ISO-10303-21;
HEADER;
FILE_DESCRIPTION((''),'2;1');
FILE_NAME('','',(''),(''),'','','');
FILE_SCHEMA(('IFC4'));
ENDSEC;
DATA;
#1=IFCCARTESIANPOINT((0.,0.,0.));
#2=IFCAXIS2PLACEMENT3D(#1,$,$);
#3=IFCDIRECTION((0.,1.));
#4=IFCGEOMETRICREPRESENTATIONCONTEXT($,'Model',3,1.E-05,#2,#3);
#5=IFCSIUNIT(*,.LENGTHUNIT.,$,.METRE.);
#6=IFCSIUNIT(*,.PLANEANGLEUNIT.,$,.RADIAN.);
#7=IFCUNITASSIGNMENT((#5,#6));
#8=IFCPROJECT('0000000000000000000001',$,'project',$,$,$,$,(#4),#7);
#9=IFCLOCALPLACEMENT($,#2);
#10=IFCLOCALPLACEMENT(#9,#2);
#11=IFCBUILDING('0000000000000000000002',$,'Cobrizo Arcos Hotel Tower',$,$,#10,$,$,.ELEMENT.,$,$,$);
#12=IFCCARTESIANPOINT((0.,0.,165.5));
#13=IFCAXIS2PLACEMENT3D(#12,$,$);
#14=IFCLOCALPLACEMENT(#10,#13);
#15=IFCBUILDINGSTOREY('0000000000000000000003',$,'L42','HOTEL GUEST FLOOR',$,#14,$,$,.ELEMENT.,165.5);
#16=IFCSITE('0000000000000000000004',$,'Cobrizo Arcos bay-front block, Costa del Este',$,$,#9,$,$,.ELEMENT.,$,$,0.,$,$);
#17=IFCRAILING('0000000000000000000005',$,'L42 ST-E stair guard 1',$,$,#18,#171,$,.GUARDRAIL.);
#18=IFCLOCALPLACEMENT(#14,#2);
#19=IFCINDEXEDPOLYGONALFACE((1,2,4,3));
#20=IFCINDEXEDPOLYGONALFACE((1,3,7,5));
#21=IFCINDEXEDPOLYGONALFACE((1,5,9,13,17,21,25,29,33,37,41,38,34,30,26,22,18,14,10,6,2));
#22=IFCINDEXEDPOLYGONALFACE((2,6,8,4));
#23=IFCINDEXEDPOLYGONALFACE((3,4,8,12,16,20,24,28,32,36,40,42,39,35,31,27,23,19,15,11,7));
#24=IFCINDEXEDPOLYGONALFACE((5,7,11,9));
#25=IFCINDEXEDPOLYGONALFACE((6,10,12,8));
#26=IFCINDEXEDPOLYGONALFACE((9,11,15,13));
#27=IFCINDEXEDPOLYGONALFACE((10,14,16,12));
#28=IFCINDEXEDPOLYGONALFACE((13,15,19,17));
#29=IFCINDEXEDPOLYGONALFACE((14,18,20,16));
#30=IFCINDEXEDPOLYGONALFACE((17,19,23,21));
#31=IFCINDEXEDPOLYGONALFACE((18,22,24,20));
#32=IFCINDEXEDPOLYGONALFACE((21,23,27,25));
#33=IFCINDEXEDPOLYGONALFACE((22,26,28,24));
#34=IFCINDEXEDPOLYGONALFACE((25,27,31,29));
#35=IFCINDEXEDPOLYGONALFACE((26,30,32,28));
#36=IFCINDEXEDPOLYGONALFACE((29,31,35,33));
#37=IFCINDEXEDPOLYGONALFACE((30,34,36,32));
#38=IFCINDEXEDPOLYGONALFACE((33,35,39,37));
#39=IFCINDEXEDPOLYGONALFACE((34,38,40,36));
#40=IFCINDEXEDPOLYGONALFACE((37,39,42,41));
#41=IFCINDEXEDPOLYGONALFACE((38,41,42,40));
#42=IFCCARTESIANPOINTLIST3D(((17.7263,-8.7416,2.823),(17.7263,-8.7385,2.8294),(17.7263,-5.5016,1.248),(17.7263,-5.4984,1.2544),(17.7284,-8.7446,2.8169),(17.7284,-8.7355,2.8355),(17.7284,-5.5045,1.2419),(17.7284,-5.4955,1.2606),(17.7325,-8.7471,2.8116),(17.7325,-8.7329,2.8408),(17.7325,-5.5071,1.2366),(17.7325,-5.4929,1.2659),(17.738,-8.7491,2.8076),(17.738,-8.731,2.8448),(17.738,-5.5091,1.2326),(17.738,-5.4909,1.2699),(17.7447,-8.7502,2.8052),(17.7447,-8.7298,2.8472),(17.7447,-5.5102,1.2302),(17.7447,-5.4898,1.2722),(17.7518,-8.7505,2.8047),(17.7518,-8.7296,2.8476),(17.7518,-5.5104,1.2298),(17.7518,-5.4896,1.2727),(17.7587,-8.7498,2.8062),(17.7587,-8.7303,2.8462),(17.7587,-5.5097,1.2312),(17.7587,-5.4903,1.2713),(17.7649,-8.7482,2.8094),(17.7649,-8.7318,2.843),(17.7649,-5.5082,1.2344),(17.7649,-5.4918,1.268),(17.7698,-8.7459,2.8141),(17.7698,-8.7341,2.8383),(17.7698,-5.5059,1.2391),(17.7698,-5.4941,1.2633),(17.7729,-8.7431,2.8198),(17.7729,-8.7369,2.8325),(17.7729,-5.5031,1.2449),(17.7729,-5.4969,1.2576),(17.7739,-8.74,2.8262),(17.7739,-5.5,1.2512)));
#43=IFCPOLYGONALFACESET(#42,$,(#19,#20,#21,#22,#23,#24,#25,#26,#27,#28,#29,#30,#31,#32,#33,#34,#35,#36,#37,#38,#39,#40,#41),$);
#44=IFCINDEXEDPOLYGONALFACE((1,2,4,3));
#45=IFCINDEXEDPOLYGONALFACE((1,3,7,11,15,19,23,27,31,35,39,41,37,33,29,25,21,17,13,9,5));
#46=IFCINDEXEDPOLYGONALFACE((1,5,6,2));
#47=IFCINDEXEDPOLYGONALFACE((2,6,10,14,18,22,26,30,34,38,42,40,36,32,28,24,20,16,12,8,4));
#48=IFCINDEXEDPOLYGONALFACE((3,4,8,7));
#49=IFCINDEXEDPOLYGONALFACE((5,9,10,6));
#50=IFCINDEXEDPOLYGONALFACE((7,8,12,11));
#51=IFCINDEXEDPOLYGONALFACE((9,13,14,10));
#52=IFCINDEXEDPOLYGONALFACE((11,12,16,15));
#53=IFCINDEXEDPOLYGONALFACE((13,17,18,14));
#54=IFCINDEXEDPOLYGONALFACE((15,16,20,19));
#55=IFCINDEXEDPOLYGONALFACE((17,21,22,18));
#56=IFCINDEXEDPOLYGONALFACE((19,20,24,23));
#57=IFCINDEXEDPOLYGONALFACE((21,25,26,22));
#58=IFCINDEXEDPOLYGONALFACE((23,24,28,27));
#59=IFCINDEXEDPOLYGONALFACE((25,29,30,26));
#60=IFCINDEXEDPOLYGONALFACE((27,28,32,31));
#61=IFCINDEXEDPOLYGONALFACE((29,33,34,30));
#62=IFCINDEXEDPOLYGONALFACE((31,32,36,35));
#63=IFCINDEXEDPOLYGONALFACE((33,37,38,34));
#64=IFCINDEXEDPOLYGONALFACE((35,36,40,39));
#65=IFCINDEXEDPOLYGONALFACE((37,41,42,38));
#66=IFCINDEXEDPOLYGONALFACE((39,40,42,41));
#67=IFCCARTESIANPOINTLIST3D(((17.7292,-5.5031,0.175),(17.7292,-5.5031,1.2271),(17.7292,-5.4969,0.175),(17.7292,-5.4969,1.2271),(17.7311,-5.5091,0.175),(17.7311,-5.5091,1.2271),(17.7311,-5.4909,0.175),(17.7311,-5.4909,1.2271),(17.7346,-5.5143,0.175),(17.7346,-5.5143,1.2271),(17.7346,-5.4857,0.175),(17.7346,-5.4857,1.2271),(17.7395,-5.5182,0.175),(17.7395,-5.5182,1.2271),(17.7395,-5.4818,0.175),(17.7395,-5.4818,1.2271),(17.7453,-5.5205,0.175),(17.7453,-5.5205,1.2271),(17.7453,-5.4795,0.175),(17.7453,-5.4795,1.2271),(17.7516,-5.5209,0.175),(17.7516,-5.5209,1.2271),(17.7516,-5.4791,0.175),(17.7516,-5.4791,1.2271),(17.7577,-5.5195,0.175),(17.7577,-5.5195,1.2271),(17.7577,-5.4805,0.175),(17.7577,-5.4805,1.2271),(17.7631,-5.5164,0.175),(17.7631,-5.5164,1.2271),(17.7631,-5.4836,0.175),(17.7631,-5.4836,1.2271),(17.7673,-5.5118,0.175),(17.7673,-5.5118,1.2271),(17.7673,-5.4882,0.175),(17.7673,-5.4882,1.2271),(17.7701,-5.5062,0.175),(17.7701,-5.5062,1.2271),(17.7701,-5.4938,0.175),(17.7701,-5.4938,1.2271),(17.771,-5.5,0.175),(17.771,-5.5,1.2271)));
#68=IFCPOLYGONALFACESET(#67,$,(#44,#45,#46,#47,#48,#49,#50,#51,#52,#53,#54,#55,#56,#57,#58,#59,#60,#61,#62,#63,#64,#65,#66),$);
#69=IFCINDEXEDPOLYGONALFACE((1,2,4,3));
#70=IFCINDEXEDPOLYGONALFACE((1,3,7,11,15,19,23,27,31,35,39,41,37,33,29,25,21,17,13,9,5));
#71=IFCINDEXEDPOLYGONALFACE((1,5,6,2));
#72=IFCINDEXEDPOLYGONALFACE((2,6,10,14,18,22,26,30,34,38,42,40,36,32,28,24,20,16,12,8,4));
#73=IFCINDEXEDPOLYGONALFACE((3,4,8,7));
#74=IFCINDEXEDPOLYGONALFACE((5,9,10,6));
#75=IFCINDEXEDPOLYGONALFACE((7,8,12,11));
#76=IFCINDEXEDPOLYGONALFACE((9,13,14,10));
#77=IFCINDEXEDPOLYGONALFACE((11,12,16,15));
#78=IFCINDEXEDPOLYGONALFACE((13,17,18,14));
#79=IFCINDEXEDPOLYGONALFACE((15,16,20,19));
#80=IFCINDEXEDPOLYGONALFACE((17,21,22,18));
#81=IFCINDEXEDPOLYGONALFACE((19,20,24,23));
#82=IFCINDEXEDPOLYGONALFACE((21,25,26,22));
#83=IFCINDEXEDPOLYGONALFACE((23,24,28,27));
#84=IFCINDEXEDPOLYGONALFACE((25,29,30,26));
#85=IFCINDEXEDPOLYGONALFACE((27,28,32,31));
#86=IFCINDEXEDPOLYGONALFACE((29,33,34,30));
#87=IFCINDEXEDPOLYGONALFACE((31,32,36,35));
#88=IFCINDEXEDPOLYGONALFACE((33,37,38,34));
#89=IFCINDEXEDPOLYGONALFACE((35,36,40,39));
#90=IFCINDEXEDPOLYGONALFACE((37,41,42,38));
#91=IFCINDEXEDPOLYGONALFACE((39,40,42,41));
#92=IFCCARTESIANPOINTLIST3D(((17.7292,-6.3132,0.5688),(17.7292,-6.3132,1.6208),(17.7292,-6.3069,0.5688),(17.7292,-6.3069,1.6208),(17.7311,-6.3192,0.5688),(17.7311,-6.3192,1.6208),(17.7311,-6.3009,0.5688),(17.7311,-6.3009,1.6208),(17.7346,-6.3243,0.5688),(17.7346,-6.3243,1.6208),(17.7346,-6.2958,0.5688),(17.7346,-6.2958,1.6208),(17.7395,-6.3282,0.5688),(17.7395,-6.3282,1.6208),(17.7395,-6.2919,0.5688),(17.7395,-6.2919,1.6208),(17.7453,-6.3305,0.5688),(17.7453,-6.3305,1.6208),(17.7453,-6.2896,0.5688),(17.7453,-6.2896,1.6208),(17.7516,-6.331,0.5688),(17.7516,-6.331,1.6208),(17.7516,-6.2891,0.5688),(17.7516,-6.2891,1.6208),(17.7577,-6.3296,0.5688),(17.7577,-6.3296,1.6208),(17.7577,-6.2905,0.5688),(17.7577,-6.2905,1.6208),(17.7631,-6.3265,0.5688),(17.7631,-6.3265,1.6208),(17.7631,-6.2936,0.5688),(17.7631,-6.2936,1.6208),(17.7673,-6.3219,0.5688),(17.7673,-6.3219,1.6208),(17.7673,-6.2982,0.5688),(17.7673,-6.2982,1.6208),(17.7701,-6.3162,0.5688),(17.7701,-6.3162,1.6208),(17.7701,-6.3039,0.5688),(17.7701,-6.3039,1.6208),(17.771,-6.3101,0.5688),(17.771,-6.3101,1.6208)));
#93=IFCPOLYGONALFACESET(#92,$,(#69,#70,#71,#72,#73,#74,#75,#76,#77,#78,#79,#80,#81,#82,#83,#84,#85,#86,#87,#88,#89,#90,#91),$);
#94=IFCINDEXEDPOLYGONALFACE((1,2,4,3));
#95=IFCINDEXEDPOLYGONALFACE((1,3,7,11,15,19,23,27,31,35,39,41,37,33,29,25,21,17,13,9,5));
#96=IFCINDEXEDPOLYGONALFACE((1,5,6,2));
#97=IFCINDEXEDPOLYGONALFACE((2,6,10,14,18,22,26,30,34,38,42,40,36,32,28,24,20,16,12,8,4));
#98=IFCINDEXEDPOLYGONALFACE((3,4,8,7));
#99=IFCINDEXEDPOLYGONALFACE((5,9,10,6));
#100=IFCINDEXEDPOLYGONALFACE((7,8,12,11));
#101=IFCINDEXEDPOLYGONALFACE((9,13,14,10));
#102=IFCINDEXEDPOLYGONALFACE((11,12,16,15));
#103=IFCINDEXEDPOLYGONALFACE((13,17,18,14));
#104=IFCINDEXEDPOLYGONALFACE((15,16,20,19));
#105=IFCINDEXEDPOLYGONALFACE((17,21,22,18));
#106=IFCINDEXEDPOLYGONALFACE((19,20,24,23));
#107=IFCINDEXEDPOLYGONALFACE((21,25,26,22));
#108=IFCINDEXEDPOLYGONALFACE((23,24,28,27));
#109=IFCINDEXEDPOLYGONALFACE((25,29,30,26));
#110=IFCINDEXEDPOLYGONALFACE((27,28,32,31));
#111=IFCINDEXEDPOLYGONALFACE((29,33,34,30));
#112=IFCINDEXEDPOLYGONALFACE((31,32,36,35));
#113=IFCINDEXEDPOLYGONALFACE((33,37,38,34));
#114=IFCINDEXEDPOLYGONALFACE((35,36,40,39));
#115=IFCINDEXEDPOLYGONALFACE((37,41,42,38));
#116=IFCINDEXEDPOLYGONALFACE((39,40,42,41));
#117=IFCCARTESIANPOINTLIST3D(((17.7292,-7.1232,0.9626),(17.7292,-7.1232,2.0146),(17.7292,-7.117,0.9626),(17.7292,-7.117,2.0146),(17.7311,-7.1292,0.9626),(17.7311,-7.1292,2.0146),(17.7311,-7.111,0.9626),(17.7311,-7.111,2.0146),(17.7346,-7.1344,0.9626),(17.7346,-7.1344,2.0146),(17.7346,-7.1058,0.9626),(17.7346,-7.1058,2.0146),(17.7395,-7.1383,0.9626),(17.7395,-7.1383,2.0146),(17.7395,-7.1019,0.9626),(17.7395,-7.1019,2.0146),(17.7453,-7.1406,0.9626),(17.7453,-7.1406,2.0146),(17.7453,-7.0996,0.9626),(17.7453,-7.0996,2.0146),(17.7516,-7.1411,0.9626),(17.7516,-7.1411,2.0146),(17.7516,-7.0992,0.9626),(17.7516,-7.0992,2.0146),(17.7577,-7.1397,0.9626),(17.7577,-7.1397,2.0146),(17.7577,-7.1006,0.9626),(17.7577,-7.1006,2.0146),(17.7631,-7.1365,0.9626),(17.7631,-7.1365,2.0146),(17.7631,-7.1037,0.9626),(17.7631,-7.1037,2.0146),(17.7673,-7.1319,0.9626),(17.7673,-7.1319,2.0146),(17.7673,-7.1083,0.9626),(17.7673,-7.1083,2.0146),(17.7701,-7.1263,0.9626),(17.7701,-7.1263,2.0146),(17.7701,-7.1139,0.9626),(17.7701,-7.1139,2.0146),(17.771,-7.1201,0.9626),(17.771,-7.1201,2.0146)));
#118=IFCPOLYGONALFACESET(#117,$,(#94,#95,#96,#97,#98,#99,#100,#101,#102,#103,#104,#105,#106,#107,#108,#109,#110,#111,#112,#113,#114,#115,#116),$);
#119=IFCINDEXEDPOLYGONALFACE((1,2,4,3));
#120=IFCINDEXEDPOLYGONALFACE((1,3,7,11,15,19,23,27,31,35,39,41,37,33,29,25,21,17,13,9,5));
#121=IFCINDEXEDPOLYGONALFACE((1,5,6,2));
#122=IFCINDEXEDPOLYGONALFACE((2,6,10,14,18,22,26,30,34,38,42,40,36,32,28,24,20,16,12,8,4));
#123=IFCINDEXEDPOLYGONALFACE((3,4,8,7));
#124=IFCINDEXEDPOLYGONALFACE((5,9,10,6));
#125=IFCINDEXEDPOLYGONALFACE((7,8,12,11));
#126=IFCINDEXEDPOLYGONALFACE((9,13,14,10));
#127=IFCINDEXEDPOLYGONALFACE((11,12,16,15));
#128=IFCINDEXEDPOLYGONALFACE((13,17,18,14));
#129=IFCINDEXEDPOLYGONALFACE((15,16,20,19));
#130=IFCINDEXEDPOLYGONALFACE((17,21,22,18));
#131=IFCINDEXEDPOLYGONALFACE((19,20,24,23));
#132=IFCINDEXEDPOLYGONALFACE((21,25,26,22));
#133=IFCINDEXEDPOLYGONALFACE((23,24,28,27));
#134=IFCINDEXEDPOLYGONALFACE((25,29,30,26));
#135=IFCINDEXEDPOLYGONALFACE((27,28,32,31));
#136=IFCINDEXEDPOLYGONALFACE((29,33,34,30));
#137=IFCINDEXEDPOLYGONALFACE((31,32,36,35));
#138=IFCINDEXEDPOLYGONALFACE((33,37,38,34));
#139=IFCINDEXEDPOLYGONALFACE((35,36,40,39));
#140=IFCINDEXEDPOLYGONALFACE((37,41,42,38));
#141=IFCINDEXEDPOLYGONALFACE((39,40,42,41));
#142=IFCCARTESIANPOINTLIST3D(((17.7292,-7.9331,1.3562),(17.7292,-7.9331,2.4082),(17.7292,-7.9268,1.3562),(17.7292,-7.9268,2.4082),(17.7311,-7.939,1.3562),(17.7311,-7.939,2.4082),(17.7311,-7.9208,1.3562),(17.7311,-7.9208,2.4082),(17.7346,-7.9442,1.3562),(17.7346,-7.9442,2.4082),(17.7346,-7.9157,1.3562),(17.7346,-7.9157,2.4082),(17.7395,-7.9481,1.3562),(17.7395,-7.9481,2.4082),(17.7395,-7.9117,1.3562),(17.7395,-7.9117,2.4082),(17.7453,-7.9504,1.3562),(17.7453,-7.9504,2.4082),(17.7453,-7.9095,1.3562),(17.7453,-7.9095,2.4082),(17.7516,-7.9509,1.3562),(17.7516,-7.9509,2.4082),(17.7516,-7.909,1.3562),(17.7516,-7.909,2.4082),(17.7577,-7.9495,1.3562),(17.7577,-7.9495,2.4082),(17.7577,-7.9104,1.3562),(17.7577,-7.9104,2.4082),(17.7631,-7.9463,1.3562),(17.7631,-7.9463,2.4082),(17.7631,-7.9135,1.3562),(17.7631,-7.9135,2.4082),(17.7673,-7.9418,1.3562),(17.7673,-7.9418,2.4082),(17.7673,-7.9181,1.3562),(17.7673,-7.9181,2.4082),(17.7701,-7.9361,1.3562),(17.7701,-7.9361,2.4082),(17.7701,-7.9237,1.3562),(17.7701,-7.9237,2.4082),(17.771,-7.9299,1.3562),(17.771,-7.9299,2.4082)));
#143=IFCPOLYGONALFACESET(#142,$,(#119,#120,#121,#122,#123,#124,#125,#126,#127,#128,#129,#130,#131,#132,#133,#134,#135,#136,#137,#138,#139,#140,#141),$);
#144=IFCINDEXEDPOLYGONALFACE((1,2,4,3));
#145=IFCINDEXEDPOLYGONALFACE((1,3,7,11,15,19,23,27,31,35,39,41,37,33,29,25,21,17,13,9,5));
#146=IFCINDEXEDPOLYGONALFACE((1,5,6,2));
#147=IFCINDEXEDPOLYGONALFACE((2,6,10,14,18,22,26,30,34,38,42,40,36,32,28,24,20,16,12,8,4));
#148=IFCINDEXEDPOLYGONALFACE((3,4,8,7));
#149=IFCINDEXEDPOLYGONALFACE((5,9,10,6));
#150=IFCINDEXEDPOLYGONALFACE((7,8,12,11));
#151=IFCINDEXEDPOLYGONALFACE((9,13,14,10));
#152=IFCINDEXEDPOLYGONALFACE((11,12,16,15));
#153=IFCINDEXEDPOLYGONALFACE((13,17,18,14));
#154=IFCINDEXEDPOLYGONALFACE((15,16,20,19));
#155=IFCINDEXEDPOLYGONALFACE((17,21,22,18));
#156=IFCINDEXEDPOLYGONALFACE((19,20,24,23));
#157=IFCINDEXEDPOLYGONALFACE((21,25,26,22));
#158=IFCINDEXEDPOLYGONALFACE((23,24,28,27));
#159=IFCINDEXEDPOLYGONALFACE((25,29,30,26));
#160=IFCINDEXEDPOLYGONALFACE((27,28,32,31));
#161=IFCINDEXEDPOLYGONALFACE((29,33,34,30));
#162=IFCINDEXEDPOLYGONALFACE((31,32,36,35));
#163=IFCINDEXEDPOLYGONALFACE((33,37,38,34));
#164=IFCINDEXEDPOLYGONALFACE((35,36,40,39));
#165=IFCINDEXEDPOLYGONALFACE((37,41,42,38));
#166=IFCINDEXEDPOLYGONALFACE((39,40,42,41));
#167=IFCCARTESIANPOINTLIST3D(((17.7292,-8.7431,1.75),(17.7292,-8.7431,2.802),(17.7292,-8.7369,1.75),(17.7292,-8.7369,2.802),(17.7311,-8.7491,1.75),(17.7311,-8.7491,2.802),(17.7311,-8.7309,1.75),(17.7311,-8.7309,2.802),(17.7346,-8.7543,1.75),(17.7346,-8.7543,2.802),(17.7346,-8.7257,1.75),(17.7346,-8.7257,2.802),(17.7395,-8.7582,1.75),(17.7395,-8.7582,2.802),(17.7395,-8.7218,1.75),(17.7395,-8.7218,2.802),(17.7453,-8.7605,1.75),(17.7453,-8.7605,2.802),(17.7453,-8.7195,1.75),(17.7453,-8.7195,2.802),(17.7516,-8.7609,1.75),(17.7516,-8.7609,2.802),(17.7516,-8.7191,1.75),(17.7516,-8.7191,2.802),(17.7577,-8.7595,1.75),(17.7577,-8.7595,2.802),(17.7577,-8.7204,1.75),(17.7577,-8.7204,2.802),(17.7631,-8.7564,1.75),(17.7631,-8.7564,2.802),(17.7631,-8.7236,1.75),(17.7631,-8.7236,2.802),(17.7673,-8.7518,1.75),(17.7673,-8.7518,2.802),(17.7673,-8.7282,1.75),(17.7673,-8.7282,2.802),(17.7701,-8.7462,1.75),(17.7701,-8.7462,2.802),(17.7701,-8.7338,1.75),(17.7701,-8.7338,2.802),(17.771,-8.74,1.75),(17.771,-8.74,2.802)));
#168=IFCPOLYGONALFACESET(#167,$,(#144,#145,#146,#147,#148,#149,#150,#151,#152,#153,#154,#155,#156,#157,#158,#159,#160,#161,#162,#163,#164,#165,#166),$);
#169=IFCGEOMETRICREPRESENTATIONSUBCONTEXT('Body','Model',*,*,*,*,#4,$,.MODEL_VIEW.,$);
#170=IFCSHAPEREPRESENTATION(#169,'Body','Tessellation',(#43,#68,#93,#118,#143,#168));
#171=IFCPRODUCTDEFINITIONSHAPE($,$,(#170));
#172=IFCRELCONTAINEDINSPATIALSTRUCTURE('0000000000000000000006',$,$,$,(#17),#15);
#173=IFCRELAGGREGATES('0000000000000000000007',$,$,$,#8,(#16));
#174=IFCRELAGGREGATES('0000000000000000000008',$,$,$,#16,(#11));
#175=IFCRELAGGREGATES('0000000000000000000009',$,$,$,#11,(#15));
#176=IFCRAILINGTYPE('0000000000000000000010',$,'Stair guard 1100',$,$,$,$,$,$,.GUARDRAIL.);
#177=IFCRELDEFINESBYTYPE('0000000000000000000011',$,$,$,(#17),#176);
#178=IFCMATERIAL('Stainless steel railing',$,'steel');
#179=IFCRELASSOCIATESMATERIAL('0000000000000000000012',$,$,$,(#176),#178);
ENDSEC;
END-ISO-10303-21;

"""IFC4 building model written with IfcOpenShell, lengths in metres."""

from ifc_helpers import new_model, si_unit, direction, frame, origin, origin_2d, place, context, subcontext, project, spatial, circle, extrude, material, type_object, element, save


model = new_model("IFC4")

# Units and contexts
model_context = context("Model", 3, precision=1e-05, world=origin(), true_north=direction((0.0, 1.0)))
body_context = subcontext(model_context, "Body", "Model", "MODEL_VIEW")
ifc_project = project(units=[si_unit("LENGTHUNIT", "METRE"), si_unit("PLANEANGLEUNIT", "RADIAN")], contexts=[model_context])

# Site, building, storey
site_placement = place(None, origin())
site = spatial("IfcSite", under=ifc_project, at=site_placement, Name="Cobrizo Arcos bay-front block, Costa del Este", CompositionType="ELEMENT", RefElevation=0.0)
building_placement = place(site_placement, origin())
building = spatial("IfcBuilding", under=site, at=building_placement, Name="Cobrizo Arcos Hotel Tower", CompositionType="ELEMENT")
storey_placement = place(building_placement, frame((0.0, 0.0, 165.5)))
storey = spatial("IfcBuildingStorey", under=building, at=storey_placement, Name="L42", Description="HOTEL GUEST FLOOR", CompositionType="ELEMENT", Elevation=165.5)

# Railing
ifc_material_1 = material(Name="Stainless steel railing", Category="steel")
railing_type_1 = type_object("IfcRailingType", Name="Stair guard 1100", PredefinedType="GUARDRAIL", material=ifc_material_1)
railing_1_placement = place(storey_placement, frame((17.75, -5.5, 0.175)))
element("IfcRailing", 1, at=railing_1_placement, inside=storey, type_object=railing_type_1, Name="L42 ST-E stair guard 1", PredefinedType="GUARDRAIL", context=body_context, shape_type="SweptSolid", body=[
    extrude(circle(Radius=0.0239, at=origin_2d()), frame((0.0, 0.0, 1.0762), z_axis=(0.0, -0.899373, 0.437183), x_axis=(1.0, 0.0, 0.0)), (0.0, 0.0, 1.0), 3.6025),
    extrude(circle(Radius=0.021, at=origin_2d()), origin(), (0.0, 0.0, 1.0), 1.052),
    extrude(circle(Radius=0.021, at=origin_2d()), frame((0.0, -0.8101, 0.3938)), (0.0, 0.0, 1.0), 1.052),
    extrude(circle(Radius=0.021, at=origin_2d()), frame((0.0, -1.6201, 0.7876)), (0.0, 0.0, 1.0), 1.052),
    extrude(circle(Radius=0.021, at=origin_2d()), frame((0.0, -2.4299, 1.1812)), (0.0, 0.0, 1.0), 1.052),
    extrude(circle(Radius=0.021, at=origin_2d()), frame((0.0, -3.24, 1.575)), (0.0, 0.0, 1.0), 1.052),
])

save(model, "model.ifc")
